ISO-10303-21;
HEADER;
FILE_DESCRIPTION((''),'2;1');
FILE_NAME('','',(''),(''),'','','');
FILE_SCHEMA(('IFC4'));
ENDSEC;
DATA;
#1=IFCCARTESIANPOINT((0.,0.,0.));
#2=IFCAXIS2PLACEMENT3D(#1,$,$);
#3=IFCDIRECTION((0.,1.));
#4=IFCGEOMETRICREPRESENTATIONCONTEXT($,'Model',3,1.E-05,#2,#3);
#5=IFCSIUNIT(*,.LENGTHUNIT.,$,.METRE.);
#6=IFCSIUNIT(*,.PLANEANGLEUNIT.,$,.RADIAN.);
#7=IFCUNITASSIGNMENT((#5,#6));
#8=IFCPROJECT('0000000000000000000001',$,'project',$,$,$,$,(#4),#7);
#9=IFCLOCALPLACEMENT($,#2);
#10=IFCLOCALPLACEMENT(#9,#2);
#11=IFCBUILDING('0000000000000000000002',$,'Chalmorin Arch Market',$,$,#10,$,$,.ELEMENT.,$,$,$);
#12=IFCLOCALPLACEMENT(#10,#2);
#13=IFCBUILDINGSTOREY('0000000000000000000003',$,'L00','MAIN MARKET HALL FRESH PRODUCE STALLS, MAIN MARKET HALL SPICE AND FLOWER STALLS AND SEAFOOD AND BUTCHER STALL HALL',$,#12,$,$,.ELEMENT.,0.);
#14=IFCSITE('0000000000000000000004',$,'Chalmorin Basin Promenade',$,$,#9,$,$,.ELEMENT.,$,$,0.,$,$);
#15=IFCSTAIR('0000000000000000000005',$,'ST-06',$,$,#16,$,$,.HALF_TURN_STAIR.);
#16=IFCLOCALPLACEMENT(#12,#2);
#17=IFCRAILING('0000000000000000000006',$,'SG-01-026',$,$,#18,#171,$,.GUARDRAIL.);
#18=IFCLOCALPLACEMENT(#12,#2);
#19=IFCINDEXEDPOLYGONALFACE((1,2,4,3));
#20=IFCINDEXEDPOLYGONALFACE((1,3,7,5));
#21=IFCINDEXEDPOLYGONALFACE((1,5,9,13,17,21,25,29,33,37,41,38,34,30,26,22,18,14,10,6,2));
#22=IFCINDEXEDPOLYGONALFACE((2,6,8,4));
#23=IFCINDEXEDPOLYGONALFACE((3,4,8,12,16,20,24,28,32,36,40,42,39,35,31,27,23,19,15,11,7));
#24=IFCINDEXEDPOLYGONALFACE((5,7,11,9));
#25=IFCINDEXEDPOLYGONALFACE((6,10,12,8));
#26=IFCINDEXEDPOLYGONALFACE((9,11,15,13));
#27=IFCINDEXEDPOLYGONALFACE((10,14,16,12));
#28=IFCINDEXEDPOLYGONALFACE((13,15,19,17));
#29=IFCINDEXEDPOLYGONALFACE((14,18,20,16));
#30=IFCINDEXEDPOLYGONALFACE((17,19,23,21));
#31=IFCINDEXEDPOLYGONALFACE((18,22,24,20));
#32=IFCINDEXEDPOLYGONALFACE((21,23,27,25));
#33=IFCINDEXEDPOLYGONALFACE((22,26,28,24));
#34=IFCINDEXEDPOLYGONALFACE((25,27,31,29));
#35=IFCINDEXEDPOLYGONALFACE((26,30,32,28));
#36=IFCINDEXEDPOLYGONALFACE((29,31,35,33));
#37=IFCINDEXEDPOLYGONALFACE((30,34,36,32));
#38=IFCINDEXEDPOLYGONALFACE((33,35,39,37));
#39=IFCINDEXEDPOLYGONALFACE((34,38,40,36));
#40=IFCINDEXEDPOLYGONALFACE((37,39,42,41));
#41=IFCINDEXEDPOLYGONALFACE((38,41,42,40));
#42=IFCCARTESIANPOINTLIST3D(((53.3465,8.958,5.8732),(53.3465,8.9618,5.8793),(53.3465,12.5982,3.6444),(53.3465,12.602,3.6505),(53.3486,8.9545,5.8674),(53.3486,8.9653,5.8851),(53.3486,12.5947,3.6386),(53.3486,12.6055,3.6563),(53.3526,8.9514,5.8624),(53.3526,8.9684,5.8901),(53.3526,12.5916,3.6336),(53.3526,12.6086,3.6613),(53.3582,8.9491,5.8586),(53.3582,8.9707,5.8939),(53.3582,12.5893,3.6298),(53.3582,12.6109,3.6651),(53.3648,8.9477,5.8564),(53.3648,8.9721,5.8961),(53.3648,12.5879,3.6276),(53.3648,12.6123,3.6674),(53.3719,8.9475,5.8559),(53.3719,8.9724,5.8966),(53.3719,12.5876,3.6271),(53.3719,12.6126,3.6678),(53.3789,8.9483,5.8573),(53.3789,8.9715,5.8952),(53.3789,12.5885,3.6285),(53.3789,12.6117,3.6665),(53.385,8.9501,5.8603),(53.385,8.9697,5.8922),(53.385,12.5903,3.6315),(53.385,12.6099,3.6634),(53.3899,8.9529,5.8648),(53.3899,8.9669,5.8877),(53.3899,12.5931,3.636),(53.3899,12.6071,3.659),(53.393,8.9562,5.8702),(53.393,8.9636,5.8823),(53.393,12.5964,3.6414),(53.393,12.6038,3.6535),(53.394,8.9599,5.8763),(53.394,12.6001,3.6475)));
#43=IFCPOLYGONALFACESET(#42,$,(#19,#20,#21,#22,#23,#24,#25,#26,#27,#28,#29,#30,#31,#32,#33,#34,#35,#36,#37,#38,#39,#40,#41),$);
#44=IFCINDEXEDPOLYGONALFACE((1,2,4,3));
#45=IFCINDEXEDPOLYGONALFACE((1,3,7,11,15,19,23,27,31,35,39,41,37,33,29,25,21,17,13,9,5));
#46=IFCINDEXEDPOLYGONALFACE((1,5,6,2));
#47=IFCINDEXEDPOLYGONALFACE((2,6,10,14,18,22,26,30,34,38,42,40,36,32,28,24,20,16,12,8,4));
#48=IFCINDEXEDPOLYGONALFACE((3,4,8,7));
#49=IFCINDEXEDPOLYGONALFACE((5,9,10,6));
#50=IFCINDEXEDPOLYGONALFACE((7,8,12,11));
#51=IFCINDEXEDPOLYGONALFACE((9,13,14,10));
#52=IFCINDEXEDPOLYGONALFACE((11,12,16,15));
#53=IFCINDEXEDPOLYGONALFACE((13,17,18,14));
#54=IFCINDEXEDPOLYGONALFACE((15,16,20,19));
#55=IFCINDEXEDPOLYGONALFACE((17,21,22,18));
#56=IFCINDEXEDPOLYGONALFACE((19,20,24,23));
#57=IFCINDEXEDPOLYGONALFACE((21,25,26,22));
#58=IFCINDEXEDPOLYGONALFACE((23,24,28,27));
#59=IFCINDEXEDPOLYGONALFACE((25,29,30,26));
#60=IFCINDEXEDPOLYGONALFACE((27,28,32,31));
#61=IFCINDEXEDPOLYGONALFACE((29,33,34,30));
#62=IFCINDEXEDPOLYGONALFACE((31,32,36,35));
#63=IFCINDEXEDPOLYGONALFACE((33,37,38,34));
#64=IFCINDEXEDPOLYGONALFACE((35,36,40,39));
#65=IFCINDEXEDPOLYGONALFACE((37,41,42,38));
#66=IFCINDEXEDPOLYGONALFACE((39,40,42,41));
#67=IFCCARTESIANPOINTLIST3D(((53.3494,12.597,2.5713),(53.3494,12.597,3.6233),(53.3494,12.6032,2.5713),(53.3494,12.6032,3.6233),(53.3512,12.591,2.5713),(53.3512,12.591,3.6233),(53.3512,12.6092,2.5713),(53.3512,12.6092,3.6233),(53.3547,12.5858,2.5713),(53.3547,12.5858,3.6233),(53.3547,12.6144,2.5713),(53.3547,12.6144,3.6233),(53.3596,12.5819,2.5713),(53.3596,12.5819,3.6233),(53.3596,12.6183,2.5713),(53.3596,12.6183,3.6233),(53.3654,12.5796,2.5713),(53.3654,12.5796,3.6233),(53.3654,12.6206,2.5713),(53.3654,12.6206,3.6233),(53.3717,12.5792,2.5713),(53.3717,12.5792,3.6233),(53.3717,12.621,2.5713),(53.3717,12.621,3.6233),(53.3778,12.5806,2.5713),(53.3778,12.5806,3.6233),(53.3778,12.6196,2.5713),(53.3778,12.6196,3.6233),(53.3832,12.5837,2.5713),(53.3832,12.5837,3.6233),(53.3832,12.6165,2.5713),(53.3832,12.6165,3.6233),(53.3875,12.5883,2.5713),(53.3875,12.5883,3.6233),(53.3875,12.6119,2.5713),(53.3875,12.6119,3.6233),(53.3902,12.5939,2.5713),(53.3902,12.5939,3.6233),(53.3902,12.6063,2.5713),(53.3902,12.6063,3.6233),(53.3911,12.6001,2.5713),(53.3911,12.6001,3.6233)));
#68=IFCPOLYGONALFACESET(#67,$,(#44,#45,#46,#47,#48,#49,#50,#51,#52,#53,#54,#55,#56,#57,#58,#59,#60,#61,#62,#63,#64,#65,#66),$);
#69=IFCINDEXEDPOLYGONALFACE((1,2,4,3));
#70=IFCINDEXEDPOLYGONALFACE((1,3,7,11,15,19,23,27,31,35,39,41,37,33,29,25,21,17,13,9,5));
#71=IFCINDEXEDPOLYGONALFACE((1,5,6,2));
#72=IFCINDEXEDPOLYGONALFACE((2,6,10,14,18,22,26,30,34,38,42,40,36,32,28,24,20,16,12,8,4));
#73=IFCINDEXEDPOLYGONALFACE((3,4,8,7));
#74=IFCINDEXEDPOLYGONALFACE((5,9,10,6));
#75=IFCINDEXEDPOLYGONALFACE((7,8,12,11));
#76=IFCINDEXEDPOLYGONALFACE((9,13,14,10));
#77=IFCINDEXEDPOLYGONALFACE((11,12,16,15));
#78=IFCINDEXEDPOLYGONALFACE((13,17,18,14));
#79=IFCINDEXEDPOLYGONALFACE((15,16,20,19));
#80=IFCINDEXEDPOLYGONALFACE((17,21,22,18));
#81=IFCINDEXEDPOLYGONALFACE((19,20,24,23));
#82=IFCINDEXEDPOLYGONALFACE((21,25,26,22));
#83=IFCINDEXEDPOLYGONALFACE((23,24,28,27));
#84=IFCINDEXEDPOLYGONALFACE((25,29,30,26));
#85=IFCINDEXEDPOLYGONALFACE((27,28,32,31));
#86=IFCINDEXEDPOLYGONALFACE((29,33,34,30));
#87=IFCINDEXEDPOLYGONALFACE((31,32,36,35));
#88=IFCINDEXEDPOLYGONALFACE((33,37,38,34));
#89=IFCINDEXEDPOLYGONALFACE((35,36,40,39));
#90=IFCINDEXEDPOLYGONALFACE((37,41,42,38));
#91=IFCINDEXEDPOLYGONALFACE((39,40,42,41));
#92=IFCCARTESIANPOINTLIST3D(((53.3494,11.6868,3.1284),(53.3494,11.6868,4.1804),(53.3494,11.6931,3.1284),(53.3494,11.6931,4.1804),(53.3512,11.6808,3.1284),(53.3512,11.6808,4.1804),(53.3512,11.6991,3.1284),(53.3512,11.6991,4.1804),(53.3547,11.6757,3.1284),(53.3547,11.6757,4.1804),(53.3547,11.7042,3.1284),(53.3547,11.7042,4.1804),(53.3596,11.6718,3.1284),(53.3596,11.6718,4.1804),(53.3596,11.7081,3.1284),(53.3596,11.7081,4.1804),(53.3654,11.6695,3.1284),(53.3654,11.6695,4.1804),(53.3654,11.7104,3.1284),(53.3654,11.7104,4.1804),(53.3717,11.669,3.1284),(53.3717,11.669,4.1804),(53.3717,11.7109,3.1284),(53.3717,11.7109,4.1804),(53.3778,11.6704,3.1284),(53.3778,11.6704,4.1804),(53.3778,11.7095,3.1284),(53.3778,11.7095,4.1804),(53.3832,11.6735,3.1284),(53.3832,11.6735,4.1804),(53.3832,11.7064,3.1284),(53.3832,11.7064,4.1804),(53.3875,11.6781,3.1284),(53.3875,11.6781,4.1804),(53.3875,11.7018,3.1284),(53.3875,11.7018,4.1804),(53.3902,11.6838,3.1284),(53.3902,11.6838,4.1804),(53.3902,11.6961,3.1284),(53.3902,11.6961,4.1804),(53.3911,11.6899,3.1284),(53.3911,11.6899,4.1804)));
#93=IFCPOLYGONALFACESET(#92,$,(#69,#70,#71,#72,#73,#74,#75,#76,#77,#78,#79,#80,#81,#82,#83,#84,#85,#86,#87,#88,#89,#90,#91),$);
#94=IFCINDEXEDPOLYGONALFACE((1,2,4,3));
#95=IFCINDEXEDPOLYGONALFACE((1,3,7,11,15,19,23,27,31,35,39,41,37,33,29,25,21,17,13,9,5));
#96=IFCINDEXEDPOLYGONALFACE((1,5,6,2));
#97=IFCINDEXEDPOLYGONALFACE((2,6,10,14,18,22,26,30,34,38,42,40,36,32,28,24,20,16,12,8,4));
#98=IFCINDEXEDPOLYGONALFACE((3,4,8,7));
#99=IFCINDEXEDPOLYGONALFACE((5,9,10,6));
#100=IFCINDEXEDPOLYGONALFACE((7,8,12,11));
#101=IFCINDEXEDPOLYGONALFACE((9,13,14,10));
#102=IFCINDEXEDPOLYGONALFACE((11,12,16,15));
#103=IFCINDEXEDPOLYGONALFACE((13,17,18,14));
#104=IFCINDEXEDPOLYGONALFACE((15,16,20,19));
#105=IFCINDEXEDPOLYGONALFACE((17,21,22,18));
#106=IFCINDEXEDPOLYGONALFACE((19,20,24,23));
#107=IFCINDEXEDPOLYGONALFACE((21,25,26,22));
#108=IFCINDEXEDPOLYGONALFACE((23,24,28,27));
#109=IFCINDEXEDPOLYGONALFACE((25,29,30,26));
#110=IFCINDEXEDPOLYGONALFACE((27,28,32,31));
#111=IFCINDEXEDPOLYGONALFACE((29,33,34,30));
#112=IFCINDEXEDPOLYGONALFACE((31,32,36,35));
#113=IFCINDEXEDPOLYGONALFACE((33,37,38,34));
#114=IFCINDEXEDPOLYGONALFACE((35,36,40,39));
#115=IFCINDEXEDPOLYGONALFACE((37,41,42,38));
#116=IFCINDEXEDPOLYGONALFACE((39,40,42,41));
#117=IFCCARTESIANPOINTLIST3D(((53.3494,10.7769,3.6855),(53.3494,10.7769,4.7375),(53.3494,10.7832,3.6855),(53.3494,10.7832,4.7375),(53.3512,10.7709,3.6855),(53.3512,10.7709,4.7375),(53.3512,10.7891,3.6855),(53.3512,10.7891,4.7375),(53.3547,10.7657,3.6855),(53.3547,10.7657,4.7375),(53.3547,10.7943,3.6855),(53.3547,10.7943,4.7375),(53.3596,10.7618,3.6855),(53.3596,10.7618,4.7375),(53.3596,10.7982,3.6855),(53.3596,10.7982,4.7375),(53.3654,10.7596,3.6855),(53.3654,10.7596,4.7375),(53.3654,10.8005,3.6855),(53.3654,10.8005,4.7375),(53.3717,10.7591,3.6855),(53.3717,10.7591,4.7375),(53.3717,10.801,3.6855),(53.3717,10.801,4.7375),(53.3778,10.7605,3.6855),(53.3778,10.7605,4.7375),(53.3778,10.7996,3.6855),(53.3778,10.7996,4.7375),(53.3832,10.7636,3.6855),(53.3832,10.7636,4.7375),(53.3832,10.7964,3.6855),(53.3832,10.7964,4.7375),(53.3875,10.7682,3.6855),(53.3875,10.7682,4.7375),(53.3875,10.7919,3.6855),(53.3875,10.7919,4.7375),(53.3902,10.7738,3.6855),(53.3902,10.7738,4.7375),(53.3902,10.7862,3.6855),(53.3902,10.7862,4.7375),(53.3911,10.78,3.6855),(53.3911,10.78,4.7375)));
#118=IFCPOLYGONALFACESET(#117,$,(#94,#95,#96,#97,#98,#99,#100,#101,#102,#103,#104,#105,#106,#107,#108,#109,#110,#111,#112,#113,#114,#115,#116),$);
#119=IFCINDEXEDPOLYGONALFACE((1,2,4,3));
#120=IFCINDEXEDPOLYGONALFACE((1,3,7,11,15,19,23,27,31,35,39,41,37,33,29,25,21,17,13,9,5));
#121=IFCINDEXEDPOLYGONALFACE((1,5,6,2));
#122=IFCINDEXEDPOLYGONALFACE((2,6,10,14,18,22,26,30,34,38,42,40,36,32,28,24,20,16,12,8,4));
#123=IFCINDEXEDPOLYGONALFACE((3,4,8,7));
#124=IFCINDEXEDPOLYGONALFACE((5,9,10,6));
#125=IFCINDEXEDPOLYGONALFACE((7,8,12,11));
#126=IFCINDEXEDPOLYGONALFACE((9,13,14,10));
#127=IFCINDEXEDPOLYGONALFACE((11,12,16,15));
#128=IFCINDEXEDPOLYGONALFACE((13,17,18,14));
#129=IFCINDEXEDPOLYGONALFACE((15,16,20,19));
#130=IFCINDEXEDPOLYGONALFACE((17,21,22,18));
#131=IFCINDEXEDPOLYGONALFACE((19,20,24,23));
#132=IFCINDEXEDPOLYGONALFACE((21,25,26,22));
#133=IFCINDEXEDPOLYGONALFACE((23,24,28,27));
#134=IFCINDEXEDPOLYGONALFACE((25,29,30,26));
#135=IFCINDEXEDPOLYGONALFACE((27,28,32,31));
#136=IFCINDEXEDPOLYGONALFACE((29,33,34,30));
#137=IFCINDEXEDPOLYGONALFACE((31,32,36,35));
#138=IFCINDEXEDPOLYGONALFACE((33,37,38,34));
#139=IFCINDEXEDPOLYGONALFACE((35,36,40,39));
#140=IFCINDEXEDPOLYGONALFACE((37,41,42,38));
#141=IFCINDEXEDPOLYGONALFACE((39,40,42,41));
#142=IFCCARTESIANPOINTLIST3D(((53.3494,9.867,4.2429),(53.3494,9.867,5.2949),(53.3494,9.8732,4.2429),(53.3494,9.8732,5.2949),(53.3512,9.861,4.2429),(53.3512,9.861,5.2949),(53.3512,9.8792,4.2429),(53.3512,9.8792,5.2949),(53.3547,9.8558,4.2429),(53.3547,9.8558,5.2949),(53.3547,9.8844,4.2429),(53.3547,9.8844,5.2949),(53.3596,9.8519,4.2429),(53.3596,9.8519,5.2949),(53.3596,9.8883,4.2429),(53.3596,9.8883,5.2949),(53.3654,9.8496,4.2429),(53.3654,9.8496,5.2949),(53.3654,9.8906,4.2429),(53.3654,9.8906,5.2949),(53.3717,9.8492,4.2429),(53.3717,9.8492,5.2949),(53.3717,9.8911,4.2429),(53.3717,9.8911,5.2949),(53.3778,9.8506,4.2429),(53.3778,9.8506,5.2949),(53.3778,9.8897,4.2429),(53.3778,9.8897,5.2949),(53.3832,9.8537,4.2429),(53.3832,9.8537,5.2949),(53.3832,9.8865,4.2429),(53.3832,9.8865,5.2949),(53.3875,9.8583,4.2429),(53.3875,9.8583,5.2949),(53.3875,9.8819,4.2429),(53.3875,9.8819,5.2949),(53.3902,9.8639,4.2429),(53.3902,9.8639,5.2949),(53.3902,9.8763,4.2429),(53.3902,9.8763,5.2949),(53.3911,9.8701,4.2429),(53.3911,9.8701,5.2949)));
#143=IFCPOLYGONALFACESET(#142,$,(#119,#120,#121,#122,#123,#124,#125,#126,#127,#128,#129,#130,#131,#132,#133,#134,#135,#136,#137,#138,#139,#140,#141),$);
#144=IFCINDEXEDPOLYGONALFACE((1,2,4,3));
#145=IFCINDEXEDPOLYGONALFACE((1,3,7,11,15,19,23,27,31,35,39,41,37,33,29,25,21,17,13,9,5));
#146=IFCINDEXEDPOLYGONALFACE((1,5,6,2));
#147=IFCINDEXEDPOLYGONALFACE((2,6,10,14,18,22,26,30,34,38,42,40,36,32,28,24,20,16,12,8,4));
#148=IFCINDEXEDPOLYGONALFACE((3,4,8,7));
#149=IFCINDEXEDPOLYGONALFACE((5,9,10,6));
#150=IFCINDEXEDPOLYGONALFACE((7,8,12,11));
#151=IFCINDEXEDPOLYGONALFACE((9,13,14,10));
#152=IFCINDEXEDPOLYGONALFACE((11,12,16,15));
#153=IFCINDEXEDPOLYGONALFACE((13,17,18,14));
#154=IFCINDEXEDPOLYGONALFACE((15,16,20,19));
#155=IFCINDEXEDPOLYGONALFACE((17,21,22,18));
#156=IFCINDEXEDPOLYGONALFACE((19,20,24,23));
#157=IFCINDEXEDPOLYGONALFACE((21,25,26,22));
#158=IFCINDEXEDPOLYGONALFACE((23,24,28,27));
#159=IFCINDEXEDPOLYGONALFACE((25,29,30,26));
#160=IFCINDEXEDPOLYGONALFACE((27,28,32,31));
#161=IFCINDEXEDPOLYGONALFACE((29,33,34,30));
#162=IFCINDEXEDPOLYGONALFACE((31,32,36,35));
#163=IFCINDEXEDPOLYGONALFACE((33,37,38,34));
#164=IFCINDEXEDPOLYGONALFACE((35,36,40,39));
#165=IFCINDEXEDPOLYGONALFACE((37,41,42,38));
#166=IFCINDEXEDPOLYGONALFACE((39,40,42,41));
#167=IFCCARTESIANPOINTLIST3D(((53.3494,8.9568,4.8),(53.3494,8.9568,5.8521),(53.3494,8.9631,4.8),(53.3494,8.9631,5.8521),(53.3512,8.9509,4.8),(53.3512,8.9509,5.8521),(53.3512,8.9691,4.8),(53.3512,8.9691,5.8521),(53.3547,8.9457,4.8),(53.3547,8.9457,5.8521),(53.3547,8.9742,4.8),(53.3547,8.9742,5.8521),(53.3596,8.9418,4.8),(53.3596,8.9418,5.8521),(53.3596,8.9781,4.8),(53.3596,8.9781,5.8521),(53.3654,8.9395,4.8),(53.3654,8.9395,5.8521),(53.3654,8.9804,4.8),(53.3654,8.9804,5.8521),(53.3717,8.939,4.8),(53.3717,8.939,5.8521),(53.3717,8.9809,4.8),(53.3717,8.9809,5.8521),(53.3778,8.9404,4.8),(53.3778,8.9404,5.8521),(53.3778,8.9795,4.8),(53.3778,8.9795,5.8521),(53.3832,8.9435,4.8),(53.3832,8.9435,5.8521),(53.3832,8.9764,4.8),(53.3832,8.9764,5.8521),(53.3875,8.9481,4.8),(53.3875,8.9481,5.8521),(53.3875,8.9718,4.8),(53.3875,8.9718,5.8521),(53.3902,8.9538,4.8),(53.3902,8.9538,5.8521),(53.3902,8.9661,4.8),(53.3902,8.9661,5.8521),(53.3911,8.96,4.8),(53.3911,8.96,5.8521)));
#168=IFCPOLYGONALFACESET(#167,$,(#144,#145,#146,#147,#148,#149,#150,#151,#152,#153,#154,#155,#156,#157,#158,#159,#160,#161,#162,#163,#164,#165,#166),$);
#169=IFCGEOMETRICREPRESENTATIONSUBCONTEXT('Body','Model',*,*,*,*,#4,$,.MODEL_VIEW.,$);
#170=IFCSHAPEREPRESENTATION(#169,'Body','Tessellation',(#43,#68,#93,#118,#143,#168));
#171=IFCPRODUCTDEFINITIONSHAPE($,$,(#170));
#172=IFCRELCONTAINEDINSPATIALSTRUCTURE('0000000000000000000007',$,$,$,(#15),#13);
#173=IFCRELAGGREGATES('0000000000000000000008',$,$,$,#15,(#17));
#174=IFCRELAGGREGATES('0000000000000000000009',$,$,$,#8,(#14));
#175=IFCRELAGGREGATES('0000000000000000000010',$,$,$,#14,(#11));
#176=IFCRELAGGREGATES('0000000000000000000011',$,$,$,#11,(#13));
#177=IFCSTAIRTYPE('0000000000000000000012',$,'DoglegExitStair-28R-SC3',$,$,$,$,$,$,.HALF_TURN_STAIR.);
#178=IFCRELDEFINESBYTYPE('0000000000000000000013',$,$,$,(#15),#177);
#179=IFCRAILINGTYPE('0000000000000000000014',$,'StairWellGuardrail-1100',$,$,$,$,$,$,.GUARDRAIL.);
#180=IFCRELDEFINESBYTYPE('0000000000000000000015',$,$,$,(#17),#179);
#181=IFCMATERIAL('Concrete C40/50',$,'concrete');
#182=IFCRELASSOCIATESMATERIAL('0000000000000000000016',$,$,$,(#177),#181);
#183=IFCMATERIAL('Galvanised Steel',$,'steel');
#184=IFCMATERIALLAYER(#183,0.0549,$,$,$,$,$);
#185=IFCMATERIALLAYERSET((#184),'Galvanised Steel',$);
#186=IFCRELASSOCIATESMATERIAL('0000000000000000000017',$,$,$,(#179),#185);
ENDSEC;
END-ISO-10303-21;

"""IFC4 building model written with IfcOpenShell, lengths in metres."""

from ifc_helpers import new_model, si_unit, direction, frame, origin, origin_2d, place, context, subcontext, project, spatial, circle, extrude, material, layer, layer_set, type_object, element, aggregate, save


model = new_model("IFC4")

# Units and contexts
model_context = context("Model", 3, precision=1e-05, world=origin(), true_north=direction((0.0, 1.0)))
body_context = subcontext(model_context, "Body", "Model", "MODEL_VIEW")
ifc_project = project(units=[si_unit("LENGTHUNIT", "METRE"), si_unit("PLANEANGLEUNIT", "RADIAN")], contexts=[model_context])

# Site, building, storey
site_placement = place(None, origin())
site = spatial("IfcSite", under=ifc_project, at=site_placement, Name="Chalmorin Basin Promenade", CompositionType="ELEMENT", RefElevation=0.0)
building_placement = place(site_placement, origin())
building = spatial("IfcBuilding", under=site, at=building_placement, Name="Chalmorin Arch Market", CompositionType="ELEMENT")
storey_placement = place(building_placement, origin())
storey = spatial("IfcBuildingStorey", under=building, at=storey_placement, Name="L00", Description="MAIN MARKET HALL FRESH PRODUCE STALLS, MAIN MARKET HALL SPICE AND FLOWER STALLS AND SEAFOOD AND BUTCHER STALL HALL", CompositionType="ELEMENT", Elevation=0.0)

# Shared definitions
ifc_material_1 = material(Name="Concrete C40/50", Category="concrete")

# Shared definitions
ifc_material_2 = material(Name="Galvanised Steel", Category="steel")

# Stair, railing
stair_type = type_object("IfcStairType", Name="DoglegExitStair-28R-SC3", PredefinedType="HALF_TURN_STAIR", material=ifc_material_1)
stair_placement = place(storey_placement, origin())
stair = element("IfcStair", 1, at=stair_placement, inside=storey, type_object=stair_type, Name="ST-06", PredefinedType="HALF_TURN_STAIR")
ifc_layer_1 = layer(ifc_material_2, 0.0549)
ifc_layer_set_1 = layer_set([ifc_layer_1], Name="Galvanised Steel")
railing_type_1 = type_object("IfcRailingType", Name="StairWellGuardrail-1100", PredefinedType="GUARDRAIL", material=ifc_layer_set_1)
railing_1_placement = place(storey_placement, frame((53.3701, 12.6001, 2.5713)))
railing_1 = element("IfcRailing", 2, at=railing_1_placement, type_object=railing_type_1, Name="SG-01-026", PredefinedType="GUARDRAIL", context=body_context, shape_type="SweptSolid", body=[
    extrude(circle(Radius=0.0239, at=origin_2d()), frame((0.0, 0.0, 1.0762), z_axis=(0.0, -0.85284, 0.522172), x_axis=(1.0, 0.0, 0.0)), (0.0, 0.0, 1.0), 4.2683),
    extrude(circle(Radius=0.021, at=origin_2d()), origin(), (0.0, 0.0, 1.0), 1.052),
    extrude(circle(Radius=0.021, at=origin_2d()), frame((0.0, -0.9102, 0.5571)), (0.0, 0.0, 1.0), 1.052),
    extrude(circle(Radius=0.021, at=origin_2d()), frame((0.0, -1.8201, 1.1143)), (0.0, 0.0, 1.0), 1.052),
    extrude(circle(Radius=0.021, at=origin_2d()), frame((0.0, -2.73, 1.6716)), (0.0, 0.0, 1.0), 1.052),
    extrude(circle(Radius=0.021, at=origin_2d()), frame((0.0, -3.6401, 2.2288)), (0.0, 0.0, 1.0), 1.052),
])
aggregate(stair, [railing_1])

save(model, "model.ifc")
